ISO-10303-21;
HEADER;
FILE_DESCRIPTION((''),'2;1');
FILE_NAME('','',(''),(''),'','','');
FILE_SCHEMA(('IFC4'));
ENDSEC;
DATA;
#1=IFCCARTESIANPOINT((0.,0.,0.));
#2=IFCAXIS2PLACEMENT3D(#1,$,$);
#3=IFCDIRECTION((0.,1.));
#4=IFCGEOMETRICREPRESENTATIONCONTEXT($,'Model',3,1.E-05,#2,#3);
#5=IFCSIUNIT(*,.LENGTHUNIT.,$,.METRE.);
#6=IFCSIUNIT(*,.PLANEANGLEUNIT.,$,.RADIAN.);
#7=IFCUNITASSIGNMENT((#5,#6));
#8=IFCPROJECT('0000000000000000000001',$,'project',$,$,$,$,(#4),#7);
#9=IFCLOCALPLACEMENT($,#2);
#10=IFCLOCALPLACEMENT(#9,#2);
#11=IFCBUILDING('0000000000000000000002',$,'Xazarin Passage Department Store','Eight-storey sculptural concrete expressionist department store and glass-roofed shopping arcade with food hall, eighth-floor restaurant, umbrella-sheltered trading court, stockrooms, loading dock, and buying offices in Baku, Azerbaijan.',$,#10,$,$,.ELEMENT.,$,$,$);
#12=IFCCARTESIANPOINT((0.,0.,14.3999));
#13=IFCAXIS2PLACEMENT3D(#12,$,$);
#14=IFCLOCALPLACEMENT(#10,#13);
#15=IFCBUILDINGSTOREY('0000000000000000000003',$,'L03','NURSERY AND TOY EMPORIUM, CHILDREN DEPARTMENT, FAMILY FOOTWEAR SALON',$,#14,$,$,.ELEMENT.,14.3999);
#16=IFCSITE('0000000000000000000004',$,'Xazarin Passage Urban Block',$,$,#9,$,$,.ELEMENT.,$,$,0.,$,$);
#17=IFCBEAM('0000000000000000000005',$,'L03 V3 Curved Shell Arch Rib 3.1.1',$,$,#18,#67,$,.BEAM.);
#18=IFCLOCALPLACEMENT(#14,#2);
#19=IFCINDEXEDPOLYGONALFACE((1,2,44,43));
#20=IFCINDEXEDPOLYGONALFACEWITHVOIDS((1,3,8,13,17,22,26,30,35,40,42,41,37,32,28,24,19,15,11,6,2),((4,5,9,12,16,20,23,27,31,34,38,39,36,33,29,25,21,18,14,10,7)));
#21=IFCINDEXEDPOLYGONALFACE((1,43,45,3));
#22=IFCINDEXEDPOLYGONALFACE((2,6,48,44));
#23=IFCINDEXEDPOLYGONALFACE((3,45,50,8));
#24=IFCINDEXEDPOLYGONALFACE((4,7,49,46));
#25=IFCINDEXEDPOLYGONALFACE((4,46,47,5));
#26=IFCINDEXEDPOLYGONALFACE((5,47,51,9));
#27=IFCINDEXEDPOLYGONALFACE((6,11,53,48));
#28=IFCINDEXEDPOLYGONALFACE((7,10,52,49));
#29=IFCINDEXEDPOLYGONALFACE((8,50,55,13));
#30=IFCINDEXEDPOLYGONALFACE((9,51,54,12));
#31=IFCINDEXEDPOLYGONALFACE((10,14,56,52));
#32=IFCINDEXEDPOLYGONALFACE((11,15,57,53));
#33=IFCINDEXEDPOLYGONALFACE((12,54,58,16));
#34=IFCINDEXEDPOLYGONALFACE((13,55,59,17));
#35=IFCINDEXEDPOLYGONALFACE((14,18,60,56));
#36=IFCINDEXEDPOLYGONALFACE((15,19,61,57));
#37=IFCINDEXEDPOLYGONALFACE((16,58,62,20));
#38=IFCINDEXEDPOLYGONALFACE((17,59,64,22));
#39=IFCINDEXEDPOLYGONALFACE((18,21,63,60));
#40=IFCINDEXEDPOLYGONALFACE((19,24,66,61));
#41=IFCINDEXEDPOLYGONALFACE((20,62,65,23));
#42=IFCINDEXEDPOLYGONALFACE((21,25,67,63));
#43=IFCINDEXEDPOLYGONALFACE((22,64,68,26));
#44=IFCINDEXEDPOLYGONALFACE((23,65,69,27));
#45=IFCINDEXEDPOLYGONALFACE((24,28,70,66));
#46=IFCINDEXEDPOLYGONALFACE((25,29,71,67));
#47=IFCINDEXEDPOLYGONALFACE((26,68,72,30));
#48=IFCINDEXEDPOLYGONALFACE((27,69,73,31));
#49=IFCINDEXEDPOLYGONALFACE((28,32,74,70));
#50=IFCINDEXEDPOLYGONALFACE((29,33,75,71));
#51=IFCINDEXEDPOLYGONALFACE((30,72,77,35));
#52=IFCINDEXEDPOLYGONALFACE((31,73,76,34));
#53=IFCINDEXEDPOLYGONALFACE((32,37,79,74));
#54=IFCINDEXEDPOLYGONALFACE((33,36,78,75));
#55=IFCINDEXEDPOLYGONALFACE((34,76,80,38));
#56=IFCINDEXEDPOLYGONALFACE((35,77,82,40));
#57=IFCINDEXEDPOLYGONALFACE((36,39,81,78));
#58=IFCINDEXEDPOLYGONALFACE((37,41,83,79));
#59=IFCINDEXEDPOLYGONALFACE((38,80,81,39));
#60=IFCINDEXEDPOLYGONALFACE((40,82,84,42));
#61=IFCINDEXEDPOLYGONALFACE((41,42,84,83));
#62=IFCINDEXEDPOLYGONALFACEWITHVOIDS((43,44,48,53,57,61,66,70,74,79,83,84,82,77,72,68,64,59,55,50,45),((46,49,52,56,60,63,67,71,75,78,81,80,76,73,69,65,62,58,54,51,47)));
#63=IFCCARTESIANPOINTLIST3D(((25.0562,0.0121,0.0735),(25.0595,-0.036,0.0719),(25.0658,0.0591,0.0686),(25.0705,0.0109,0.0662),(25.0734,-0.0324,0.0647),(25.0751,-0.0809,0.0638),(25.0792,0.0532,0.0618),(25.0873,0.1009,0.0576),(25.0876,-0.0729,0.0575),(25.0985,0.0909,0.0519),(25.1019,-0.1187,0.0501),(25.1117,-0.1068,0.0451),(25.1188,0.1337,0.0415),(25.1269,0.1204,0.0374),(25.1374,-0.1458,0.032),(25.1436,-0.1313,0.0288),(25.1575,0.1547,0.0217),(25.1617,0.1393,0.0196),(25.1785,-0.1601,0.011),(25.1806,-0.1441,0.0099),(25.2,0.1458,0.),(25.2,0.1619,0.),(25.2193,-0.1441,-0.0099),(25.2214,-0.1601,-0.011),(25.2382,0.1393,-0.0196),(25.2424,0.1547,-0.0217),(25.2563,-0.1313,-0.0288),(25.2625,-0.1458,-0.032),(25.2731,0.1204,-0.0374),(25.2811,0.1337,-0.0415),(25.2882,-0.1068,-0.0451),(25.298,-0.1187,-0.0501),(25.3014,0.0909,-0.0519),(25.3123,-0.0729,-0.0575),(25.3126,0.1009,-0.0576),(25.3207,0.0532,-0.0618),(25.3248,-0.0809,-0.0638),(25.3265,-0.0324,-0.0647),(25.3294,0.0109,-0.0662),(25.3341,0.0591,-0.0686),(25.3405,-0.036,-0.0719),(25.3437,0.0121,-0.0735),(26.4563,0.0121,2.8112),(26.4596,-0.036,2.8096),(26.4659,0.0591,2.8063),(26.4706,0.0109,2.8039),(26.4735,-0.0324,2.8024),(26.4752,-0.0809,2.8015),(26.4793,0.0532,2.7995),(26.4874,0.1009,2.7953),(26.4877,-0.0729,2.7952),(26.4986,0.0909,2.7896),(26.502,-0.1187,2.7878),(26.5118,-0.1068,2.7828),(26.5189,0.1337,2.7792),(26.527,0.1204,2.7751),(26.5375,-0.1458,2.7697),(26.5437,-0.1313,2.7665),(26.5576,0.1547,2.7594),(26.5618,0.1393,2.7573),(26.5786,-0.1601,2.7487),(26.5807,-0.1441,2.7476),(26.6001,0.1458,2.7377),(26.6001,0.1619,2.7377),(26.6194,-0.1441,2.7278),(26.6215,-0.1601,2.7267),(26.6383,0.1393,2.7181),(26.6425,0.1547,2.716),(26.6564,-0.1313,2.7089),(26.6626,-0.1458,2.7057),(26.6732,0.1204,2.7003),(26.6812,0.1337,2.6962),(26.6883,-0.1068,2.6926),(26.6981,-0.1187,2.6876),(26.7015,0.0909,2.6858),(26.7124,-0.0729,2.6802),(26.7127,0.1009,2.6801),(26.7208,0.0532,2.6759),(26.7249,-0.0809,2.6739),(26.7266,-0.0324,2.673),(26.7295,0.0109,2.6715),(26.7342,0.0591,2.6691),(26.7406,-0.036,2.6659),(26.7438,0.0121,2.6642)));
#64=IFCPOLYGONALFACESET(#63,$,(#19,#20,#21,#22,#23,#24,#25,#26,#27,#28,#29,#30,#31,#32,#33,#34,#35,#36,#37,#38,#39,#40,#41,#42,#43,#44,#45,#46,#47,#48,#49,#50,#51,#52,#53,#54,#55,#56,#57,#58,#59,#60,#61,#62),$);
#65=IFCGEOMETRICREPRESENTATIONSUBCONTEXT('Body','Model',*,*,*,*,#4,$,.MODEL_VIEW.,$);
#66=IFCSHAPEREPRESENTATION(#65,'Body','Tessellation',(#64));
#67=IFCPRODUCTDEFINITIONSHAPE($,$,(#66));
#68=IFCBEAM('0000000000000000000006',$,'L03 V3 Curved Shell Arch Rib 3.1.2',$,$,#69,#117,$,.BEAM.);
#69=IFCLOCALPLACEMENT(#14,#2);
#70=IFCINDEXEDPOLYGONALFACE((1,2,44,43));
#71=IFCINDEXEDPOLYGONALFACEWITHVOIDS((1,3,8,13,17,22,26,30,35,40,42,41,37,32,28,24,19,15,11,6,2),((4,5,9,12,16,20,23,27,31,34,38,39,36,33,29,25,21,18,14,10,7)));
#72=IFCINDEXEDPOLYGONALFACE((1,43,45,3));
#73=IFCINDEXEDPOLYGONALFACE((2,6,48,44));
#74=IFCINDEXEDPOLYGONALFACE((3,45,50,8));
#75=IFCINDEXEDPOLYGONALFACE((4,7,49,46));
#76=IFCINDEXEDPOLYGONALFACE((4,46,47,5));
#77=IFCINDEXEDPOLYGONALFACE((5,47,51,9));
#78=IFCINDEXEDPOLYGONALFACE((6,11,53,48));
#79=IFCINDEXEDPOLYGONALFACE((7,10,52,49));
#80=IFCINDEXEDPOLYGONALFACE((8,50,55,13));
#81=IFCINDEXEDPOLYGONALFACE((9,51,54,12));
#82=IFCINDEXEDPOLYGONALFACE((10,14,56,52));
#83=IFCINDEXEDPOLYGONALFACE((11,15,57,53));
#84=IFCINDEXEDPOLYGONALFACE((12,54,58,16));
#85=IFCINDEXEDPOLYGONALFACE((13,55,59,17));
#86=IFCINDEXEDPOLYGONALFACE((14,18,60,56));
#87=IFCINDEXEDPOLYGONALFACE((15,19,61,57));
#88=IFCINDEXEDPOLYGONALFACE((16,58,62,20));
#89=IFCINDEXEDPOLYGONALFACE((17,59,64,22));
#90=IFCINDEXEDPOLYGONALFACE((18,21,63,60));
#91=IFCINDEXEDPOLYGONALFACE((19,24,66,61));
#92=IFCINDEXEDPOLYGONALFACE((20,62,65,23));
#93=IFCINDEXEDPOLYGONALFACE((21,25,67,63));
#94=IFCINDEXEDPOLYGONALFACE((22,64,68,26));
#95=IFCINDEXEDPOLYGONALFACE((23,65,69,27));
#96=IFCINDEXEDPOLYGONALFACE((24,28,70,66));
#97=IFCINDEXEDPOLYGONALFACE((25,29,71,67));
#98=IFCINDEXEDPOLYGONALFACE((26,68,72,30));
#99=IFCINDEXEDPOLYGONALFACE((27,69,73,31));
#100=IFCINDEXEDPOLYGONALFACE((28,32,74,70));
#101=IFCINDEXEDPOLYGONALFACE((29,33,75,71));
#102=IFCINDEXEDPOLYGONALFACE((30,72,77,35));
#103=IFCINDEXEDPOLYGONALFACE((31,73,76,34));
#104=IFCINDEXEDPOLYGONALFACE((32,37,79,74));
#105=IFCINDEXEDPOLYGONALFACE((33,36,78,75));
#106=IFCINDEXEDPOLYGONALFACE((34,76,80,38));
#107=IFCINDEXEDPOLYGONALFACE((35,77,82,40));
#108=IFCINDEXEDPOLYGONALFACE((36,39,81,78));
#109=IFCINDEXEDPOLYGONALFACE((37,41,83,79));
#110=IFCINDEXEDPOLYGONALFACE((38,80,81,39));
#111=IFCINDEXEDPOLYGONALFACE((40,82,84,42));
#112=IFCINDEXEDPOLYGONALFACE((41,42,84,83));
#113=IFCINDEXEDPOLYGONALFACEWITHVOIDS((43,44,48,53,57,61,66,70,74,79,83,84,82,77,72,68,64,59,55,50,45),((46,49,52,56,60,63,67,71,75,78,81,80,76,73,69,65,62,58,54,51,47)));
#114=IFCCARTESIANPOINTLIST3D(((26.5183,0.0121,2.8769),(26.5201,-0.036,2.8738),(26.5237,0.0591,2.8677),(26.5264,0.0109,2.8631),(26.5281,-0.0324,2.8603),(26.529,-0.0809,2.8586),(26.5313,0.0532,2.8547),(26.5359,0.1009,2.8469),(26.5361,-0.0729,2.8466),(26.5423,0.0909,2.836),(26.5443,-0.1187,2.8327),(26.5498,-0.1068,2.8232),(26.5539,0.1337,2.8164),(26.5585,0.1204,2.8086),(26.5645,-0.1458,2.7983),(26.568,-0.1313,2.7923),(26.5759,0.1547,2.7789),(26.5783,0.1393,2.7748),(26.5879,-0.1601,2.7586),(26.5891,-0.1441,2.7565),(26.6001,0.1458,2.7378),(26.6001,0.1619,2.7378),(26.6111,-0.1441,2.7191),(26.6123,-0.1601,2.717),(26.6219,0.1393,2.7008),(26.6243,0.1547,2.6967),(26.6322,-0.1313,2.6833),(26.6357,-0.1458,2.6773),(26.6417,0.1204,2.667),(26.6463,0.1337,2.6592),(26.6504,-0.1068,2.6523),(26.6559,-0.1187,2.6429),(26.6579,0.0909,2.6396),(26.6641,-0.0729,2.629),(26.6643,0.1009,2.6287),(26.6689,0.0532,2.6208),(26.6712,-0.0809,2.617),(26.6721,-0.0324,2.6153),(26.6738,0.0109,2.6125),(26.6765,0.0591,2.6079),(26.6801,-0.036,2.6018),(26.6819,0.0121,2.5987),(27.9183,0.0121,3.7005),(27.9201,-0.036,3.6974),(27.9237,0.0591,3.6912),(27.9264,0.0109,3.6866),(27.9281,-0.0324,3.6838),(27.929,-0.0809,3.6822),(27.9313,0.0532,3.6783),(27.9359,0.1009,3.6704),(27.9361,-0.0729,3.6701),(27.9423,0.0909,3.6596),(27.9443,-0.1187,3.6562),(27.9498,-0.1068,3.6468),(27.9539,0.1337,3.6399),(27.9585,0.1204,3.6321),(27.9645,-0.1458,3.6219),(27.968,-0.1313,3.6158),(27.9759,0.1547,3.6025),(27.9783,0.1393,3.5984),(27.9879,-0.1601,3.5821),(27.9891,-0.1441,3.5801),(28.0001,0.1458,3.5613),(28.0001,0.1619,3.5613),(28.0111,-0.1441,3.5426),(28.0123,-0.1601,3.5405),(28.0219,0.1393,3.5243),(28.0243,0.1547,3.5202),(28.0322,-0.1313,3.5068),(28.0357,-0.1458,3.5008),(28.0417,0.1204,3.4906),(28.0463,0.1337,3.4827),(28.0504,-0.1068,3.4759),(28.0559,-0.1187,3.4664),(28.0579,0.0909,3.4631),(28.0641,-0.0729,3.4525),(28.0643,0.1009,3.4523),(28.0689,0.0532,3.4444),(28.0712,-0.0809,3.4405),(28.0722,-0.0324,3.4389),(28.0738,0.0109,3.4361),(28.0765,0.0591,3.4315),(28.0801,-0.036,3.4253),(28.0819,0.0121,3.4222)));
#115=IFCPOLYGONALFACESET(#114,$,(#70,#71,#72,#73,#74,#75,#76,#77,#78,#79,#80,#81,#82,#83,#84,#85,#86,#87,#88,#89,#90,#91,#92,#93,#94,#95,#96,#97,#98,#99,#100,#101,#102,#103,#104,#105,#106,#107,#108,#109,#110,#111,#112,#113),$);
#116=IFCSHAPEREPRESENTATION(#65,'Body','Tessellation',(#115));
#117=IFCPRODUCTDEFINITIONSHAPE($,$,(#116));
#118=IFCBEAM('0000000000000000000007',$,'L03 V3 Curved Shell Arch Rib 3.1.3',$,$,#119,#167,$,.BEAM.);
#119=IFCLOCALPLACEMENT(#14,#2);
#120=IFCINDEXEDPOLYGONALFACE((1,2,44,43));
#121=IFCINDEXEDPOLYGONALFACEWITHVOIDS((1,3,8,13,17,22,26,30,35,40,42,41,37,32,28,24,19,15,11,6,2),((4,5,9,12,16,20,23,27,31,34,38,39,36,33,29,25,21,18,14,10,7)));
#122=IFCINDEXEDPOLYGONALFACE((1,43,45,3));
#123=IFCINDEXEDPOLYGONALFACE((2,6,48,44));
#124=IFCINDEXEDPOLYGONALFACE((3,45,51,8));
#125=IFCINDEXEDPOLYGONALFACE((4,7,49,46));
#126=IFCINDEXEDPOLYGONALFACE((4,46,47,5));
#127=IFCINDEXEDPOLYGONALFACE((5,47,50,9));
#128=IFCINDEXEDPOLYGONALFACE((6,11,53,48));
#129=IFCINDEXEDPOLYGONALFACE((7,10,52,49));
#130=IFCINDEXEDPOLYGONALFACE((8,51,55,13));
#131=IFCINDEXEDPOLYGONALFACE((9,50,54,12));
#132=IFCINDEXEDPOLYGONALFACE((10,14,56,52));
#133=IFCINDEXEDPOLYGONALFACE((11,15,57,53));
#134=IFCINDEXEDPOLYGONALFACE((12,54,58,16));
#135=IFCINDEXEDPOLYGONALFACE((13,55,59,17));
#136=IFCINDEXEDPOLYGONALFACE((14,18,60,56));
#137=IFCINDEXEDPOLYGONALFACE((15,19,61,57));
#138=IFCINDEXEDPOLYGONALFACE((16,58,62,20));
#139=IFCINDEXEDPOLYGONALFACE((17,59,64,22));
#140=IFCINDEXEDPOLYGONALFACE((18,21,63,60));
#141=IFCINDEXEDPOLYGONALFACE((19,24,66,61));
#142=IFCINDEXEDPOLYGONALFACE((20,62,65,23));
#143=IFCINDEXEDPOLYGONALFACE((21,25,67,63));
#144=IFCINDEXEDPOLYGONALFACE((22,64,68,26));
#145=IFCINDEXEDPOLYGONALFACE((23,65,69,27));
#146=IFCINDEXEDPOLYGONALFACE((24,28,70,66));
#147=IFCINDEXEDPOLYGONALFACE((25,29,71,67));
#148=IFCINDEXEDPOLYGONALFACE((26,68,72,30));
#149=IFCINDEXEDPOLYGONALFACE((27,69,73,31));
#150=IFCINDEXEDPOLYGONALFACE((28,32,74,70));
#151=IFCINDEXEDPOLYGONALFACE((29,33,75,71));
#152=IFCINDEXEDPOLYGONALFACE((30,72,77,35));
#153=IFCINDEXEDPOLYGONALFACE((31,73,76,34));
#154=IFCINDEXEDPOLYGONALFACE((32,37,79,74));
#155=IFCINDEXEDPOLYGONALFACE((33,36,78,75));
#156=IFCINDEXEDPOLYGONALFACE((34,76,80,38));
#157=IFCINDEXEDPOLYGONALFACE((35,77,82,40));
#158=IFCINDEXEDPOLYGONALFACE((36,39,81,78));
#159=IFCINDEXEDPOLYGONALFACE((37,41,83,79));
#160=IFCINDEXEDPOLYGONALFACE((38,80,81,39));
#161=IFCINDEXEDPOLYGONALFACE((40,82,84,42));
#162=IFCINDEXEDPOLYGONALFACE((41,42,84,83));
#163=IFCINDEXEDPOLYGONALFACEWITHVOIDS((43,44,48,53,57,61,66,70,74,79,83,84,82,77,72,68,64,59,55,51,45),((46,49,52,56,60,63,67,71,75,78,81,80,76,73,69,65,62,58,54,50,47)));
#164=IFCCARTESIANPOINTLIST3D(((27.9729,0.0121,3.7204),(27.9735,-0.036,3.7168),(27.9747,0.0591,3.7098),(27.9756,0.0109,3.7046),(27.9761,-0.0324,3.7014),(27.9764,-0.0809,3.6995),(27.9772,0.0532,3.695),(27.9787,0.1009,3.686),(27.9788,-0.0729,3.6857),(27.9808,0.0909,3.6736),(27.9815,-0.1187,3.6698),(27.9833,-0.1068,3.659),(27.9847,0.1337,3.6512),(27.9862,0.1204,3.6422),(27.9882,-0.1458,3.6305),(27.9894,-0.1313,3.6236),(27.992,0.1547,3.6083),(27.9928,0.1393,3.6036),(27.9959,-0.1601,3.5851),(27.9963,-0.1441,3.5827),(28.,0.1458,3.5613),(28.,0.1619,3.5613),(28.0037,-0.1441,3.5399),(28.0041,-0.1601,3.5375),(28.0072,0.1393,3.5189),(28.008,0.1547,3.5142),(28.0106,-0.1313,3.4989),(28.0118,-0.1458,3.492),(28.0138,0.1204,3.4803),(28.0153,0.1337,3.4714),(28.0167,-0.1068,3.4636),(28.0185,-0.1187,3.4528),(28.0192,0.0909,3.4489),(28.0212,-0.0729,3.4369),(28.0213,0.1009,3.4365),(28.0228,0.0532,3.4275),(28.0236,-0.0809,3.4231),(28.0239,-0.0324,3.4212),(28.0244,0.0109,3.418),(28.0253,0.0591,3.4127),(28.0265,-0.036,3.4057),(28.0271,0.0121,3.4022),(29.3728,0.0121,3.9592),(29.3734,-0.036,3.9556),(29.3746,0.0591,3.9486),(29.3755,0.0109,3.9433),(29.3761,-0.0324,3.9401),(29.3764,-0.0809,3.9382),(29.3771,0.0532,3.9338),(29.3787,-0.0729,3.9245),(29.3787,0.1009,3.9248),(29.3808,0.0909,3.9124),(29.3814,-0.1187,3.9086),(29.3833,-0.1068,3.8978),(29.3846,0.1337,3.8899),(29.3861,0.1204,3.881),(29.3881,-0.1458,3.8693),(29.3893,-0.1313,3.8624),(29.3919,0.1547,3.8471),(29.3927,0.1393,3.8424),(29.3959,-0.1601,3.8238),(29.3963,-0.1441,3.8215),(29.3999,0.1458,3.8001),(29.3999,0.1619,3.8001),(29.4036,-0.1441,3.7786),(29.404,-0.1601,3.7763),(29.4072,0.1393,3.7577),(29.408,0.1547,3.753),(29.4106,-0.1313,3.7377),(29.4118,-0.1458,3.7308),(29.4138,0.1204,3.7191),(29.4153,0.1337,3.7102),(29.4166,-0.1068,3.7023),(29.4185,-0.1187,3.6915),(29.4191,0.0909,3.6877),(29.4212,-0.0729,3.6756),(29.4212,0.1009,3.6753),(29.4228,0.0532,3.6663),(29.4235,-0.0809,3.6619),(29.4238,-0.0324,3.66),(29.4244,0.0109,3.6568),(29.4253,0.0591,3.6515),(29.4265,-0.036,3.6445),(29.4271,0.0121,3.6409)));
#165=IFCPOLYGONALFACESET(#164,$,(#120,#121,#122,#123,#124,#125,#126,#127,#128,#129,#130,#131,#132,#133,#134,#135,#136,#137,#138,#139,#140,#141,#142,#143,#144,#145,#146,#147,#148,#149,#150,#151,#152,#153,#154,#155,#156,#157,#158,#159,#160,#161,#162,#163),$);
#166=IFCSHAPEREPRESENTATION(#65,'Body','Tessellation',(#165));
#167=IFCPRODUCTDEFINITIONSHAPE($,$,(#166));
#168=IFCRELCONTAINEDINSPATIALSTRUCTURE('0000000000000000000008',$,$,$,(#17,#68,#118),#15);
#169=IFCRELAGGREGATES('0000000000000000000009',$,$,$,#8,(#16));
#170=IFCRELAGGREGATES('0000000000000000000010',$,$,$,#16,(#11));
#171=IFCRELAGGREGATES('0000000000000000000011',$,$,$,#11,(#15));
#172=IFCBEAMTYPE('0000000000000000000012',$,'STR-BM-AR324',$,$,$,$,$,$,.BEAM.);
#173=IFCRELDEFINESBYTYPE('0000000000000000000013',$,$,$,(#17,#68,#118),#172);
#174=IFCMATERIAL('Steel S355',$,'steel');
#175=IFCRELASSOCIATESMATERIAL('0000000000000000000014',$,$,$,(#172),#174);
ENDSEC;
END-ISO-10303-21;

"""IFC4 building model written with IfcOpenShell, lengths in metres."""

from ifc_helpers import new_model, si_unit, direction, frame, origin, origin_2d, place, context, subcontext, project, spatial, hollow_circle, extrude, material, material_profile, profile_set, type_object, element, save


model = new_model("IFC4")

# Units and contexts
model_context = context("Model", 3, precision=1e-05, world=origin(), true_north=direction((0.0, 1.0)))
body_context = subcontext(model_context, "Body", "Model", "MODEL_VIEW")
ifc_project = project(units=[si_unit("LENGTHUNIT", "METRE"), si_unit("PLANEANGLEUNIT", "RADIAN")], contexts=[model_context])

# Site, building, storey
site_placement = place(None, origin())
site = spatial("IfcSite", under=ifc_project, at=site_placement, Name="Xazarin Passage Urban Block", CompositionType="ELEMENT", RefElevation=0.0)
building_placement = place(site_placement, origin())
building = spatial("IfcBuilding", under=site, at=building_placement, Name="Xazarin Passage Department Store", Description="Eight-storey sculptural concrete expressionist department store and glass-roofed shopping arcade with food hall, eighth-floor restaurant, umbrella-sheltered trading court, stockrooms, loading dock, and buying offices in Baku, Azerbaijan.", CompositionType="ELEMENT")
storey_placement = place(building_placement, frame((0.0, 0.0, 14.3999)))
storey = spatial("IfcBuildingStorey", under=building, at=storey_placement, Name="L03", Description="NURSERY AND TOY EMPORIUM, CHILDREN DEPARTMENT, FAMILY FOOTWEAR SALON", CompositionType="ELEMENT", Elevation=14.3999)

# Beams
ifc_material_1 = material(Name="Steel S355", Category="steel")
ifc_material_profile_1 = material_profile(ifc_material_1, hollow_circle(Radius=0.1619, WallThickness=0.0161, at=origin_2d()), Name="CHS 323.9x16")
ifc_profile_set_1 = profile_set([ifc_material_profile_1], Name="Steel S355")
beam_type_1 = type_object("IfcBeamType", Name="STR-BM-AR324", PredefinedType="BEAM", material=ifc_profile_set_1)
for number, where, z_axis, x_axis, name in (
    (1, (25.2, 0.0, 0.0), (0.455325, 0.0, 0.890325), (0.0, 1.0, 0.0), "L03 V3 Curved Shell Arch Rib 3.1.1"),
):
    element("IfcBeam", number, at=place(storey_placement, frame(where, z_axis=z_axis, x_axis=x_axis)), inside=storey, type_object=beam_type_1, Name=name, PredefinedType="BEAM", context=body_context, shape_type="SweptSolid", body=[
        extrude(hollow_circle(Radius=0.1619, WallThickness=0.0161, at=origin_2d()), origin(), (0.0, 0.0, 1.0), 3.075),
    ])
beam_1_placement = place(storey_placement, frame((26.6001, 0.0, 2.7378), z_axis=(0.86193, 0.0, 0.507027), x_axis=(0.0, 1.0, 0.0)))
element("IfcBeam", 2, at=beam_1_placement, inside=storey, type_object=beam_type_1, Name="L03 V3 Curved Shell Arch Rib 3.1.2", PredefinedType="BEAM", context=body_context, shape_type="SweptSolid", body=[
    extrude(hollow_circle(Radius=0.1619, WallThickness=0.0161, at=origin_2d()), origin(), (0.0, 0.0, 1.0), 1.6243),
])
beam_2_placement = place(storey_placement, frame((28.0, 0.0, 3.5613), z_axis=(0.985764, 0.0, 0.168133), x_axis=(0.0, 1.0, 0.0)))
element("IfcBeam", 3, at=beam_2_placement, inside=storey, type_object=beam_type_1, Name="L03 V3 Curved Shell Arch Rib 3.1.3", PredefinedType="BEAM", context=body_context, shape_type="SweptSolid", body=[
    extrude(hollow_circle(Radius=0.1619, WallThickness=0.0161, at=origin_2d()), origin(), (0.0, 0.0, 1.0), 1.4202),
])

save(model, "model.ifc")
